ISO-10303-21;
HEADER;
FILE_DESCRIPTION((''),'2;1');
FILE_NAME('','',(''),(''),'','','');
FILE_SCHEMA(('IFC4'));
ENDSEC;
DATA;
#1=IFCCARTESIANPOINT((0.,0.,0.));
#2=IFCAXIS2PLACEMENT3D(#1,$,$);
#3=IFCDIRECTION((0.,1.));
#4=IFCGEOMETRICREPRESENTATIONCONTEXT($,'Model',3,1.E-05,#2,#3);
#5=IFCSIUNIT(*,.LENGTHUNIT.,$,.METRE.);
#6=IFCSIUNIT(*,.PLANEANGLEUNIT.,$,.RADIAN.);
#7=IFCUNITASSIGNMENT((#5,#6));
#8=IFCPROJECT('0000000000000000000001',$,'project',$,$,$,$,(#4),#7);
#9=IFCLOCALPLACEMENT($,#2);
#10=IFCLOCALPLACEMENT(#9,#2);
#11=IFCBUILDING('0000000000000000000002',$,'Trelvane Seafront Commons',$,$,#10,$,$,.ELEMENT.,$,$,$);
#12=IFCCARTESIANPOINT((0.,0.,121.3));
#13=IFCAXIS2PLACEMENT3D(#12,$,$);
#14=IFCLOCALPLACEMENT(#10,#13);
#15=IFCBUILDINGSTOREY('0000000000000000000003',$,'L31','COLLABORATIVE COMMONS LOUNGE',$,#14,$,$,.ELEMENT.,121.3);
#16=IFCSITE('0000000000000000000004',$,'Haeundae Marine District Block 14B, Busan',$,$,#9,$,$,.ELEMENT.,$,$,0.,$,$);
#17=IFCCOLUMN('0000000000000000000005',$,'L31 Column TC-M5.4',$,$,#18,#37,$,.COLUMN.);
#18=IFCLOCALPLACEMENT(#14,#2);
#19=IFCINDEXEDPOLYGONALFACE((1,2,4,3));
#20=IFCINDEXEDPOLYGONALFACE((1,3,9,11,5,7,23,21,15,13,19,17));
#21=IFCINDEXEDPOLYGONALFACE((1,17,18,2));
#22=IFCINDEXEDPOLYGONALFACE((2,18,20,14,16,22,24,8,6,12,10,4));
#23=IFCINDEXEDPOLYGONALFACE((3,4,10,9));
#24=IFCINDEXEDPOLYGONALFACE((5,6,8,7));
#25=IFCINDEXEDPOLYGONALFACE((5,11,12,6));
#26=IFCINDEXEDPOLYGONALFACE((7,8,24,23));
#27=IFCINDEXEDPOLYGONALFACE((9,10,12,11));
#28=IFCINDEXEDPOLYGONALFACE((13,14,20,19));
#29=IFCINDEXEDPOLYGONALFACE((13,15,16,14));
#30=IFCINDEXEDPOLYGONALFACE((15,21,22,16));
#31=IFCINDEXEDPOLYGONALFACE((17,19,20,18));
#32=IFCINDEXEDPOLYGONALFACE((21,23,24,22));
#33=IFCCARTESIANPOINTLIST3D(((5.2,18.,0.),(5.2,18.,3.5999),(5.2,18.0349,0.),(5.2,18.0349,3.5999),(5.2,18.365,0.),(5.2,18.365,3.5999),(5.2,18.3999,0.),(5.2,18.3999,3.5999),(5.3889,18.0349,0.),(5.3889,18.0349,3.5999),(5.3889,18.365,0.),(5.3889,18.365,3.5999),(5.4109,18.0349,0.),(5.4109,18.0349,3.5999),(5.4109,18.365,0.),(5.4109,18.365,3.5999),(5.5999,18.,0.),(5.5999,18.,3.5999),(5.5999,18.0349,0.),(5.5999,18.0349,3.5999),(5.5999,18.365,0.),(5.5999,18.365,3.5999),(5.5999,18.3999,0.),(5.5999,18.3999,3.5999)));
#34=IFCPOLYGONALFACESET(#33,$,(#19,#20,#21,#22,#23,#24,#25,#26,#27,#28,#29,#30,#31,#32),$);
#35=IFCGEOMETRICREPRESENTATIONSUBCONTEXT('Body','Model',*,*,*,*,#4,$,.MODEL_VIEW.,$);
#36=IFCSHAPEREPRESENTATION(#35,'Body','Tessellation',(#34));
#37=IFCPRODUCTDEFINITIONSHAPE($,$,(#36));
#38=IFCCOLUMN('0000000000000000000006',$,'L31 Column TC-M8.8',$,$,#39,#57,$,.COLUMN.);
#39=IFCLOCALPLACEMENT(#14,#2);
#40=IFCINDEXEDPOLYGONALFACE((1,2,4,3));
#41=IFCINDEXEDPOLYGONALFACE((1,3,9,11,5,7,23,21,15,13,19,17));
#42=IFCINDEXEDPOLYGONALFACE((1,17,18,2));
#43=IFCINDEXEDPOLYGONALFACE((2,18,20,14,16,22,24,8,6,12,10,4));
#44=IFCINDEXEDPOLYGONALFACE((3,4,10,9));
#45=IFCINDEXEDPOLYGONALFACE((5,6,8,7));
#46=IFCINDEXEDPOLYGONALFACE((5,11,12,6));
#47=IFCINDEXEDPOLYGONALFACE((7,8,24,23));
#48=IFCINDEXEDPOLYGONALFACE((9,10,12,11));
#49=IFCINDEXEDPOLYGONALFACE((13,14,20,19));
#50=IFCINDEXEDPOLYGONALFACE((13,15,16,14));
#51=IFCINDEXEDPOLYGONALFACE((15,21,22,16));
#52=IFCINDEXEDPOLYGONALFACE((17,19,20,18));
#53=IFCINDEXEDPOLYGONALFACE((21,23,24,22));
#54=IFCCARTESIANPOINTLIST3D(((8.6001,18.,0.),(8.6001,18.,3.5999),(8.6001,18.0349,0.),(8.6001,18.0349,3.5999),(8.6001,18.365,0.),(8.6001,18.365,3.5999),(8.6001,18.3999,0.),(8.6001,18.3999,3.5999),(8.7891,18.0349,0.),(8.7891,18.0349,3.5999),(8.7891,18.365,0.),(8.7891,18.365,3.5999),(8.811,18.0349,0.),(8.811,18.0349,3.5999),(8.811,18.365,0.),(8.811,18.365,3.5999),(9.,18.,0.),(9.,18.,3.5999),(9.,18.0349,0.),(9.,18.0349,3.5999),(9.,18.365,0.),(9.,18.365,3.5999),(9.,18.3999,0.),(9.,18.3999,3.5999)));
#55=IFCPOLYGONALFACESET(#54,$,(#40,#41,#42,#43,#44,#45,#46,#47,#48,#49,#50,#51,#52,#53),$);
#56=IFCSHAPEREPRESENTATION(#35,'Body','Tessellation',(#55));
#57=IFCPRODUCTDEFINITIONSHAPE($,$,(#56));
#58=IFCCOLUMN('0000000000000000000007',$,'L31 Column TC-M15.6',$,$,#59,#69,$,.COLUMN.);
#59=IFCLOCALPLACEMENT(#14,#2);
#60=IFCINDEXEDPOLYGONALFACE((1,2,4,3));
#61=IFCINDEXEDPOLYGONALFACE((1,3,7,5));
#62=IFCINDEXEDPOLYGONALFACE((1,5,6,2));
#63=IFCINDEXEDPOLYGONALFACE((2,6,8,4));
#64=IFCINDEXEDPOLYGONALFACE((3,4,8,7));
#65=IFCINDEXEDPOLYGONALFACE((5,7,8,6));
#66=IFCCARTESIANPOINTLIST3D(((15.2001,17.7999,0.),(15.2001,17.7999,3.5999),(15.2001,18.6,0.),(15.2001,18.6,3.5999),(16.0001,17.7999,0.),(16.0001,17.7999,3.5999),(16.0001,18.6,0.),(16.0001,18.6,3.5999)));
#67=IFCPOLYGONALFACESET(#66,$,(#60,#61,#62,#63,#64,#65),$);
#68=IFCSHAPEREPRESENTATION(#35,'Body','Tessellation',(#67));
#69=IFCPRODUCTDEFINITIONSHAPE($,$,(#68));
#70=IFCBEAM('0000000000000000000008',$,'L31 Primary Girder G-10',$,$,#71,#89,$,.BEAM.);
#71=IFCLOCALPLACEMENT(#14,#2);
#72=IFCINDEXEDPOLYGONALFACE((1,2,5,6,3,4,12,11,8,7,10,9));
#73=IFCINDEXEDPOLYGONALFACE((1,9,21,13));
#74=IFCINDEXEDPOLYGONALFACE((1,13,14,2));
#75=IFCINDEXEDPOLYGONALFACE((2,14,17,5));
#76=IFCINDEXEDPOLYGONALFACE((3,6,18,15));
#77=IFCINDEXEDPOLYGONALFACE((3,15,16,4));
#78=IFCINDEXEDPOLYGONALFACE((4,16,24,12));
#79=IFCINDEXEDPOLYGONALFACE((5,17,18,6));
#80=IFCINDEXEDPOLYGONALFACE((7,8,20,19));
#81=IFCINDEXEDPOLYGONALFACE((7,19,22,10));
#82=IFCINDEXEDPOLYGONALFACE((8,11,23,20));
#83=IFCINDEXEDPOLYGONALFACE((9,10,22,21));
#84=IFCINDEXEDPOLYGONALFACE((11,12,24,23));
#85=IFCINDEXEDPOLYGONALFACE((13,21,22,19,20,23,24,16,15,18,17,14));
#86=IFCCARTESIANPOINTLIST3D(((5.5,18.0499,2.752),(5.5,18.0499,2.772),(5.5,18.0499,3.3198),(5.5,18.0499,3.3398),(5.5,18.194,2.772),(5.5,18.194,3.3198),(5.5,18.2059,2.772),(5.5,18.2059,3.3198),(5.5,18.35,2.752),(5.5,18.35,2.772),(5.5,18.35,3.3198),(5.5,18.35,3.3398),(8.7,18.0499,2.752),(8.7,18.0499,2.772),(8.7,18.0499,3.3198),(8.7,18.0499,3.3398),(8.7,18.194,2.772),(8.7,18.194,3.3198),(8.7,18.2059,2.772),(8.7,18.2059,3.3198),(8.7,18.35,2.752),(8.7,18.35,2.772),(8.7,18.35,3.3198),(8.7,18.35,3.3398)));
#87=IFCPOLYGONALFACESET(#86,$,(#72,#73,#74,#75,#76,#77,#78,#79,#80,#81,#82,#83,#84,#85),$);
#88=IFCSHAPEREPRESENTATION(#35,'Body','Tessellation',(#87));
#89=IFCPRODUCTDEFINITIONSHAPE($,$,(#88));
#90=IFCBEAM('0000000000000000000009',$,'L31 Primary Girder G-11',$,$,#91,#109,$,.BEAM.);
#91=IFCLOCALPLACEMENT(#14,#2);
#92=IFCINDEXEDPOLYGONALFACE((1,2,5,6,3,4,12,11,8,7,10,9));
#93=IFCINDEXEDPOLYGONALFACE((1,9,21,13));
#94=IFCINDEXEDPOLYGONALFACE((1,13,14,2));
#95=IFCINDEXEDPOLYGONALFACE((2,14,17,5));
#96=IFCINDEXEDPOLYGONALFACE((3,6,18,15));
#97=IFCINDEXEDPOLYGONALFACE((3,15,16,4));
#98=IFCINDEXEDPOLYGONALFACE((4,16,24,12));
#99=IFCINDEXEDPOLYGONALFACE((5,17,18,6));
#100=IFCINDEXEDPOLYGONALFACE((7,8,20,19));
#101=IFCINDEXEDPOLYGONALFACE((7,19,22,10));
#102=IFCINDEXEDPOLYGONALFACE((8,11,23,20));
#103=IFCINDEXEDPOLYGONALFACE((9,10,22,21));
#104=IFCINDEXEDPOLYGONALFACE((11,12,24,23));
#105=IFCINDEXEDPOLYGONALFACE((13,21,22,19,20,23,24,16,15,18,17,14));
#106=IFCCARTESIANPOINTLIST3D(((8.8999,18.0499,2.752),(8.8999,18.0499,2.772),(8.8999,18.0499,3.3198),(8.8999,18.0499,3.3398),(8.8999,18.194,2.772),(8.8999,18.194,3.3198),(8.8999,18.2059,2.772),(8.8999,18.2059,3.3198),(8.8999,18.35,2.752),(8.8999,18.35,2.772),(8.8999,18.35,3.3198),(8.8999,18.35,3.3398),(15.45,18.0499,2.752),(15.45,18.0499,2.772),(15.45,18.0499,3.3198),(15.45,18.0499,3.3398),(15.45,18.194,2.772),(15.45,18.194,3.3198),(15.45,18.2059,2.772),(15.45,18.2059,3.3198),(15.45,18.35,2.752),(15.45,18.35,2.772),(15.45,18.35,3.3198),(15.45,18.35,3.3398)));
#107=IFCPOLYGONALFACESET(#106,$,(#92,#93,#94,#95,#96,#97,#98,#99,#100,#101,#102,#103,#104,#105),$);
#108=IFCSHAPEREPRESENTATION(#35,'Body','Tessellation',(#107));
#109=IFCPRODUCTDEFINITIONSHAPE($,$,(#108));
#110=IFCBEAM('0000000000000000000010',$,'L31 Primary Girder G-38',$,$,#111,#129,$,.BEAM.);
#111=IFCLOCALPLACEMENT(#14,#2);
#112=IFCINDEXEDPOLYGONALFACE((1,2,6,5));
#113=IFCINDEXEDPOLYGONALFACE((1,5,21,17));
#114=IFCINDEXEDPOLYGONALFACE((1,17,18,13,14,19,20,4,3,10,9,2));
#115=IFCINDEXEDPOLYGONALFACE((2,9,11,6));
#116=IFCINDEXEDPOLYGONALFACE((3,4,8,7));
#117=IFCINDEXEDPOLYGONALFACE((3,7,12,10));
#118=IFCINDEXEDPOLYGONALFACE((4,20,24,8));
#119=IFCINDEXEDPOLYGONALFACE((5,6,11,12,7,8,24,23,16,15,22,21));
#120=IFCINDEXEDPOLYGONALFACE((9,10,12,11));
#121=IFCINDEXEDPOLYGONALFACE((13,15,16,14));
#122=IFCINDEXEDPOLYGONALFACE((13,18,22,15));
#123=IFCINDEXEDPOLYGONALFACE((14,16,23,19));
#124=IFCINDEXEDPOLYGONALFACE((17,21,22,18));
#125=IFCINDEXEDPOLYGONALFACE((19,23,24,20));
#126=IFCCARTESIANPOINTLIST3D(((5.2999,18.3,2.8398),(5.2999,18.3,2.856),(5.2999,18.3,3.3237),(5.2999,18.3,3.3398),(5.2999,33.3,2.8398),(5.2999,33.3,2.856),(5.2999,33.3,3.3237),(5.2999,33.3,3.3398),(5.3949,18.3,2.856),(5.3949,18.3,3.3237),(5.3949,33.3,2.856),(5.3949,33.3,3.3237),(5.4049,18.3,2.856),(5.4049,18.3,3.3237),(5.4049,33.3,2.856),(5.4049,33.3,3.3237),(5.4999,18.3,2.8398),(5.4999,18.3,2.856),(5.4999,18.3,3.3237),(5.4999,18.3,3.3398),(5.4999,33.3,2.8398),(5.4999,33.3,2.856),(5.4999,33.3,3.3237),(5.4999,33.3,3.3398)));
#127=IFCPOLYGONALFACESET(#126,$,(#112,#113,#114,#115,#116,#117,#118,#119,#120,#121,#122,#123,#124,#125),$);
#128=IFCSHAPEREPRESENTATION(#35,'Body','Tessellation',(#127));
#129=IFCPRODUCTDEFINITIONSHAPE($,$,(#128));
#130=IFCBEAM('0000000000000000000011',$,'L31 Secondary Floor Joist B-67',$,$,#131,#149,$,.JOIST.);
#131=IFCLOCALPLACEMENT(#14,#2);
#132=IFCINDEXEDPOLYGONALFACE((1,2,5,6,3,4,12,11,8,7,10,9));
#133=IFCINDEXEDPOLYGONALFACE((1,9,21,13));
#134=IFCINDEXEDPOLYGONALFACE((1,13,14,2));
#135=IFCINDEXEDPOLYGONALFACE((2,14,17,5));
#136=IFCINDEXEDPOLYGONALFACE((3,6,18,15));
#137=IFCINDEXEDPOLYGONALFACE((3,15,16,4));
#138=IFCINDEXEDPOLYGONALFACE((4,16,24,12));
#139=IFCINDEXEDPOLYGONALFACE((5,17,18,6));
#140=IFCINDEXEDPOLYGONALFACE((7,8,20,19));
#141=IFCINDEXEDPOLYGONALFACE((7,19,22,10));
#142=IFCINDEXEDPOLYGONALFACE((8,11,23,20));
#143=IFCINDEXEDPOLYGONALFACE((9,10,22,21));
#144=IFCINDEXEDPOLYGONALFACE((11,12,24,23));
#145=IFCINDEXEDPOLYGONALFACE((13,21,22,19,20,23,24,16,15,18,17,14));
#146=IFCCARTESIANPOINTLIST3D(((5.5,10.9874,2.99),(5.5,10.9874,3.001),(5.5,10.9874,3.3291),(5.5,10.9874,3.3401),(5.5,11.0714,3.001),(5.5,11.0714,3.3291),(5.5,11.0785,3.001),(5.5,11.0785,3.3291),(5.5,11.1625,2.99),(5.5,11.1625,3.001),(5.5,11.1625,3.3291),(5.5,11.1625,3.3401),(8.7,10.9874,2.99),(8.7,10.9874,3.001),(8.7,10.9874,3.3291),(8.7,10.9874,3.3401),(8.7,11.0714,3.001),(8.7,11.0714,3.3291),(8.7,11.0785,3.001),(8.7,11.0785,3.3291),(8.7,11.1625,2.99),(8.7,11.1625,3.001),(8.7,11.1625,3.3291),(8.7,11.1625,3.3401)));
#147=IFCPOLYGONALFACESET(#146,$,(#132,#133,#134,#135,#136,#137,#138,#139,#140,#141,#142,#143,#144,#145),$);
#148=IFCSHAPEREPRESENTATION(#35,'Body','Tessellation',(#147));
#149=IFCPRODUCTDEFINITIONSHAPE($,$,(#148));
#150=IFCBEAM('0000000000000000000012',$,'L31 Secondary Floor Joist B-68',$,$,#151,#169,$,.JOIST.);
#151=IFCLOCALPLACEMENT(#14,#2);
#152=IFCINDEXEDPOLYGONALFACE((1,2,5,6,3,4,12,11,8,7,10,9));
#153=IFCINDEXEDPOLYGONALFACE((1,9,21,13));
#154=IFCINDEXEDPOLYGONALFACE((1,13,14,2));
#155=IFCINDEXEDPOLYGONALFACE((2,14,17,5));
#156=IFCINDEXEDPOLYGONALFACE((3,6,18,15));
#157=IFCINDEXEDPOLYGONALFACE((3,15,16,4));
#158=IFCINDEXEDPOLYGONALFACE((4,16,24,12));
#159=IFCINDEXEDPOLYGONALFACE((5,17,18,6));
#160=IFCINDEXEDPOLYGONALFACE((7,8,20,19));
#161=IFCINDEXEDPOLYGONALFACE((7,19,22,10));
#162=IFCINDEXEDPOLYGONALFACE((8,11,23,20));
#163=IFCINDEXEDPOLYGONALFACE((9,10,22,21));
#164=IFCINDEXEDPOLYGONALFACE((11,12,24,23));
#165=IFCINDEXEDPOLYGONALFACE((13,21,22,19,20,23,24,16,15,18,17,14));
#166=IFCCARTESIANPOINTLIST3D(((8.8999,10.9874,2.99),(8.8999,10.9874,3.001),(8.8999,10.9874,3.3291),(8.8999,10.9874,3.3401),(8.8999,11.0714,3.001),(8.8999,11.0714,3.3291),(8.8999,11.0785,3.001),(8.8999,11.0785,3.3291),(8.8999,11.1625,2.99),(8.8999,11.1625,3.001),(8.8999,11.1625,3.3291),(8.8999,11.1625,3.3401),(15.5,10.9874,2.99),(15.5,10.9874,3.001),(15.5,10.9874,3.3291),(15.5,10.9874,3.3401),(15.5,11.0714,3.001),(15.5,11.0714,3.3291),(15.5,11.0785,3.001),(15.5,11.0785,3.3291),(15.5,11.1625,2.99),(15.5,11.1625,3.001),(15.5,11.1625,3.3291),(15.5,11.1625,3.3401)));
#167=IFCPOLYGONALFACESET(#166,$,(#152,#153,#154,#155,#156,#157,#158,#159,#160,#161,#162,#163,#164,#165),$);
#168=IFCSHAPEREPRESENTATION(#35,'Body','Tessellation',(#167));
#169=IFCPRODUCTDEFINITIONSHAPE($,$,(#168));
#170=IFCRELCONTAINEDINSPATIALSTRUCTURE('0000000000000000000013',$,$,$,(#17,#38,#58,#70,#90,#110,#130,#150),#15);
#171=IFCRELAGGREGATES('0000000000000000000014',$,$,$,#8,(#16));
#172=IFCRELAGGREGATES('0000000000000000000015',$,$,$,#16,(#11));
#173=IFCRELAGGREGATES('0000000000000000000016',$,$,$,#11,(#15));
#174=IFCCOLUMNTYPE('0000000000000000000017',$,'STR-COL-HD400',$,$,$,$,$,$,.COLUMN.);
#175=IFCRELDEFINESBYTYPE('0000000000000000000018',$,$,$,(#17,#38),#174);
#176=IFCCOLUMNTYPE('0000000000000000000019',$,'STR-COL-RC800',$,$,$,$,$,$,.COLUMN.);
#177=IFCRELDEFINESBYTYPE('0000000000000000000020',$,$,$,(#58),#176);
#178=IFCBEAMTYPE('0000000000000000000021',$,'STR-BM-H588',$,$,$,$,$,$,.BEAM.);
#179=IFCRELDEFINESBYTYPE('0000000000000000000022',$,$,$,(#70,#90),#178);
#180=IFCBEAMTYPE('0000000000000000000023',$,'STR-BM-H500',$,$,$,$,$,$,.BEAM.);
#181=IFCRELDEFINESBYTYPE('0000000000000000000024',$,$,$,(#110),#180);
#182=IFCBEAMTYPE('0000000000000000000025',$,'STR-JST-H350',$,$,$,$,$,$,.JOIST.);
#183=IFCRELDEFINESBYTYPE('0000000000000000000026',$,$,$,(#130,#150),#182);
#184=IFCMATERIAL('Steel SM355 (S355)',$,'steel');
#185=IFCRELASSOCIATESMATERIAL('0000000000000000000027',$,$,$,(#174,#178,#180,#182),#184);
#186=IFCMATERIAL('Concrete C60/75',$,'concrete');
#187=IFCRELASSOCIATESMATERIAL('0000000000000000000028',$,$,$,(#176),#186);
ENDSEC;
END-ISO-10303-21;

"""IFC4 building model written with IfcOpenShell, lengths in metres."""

from ifc_helpers import new_model, si_unit, direction, frame, origin, origin_2d, place, context, subcontext, project, spatial, rectangle, i_section, extrude, source, transform, mapped, material, material_profile, profile_set, type_object, element, save


model = new_model("IFC4")

# Units and contexts
model_context = context("Model", 3, precision=1e-05, world=origin(), true_north=direction((0.0, 1.0)))
body_context = subcontext(model_context, "Body", "Model", "MODEL_VIEW")
ifc_project = project(units=[si_unit("LENGTHUNIT", "METRE"), si_unit("PLANEANGLEUNIT", "RADIAN")], contexts=[model_context])

# Site, building, storey
site_placement = place(None, origin())
site = spatial("IfcSite", under=ifc_project, at=site_placement, Name="Haeundae Marine District Block 14B, Busan", CompositionType="ELEMENT", RefElevation=0.0)
building_placement = place(site_placement, origin())
building = spatial("IfcBuilding", under=site, at=building_placement, Name="Trelvane Seafront Commons", CompositionType="ELEMENT")
storey_placement = place(building_placement, frame((0.0, 0.0, 121.3)))
storey = spatial("IfcBuildingStorey", under=building, at=storey_placement, Name="L31", Description="COLLABORATIVE COMMONS LOUNGE", CompositionType="ELEMENT", Elevation=121.3)

# Columns
ifc_material_1 = material(Name="Steel SM355 (S355)", Category="steel")
ifc_material_profile_1 = material_profile(ifc_material_1, i_section(OverallWidth=0.3999, OverallDepth=0.3999, WebThickness=0.022, FlangeThickness=0.0349, at=origin_2d()), Name="HD-400x400x22x35")
ifc_profile_set_1 = profile_set([ifc_material_profile_1], Name="Steel SM355 (S355)")
column_type_1 = type_object("IfcColumnType", Name="STR-COL-HD400", PredefinedType="COLUMN", material=ifc_profile_set_1)
shared_shape_1 = source(origin(), body_context, "Body", "SweptSolid", [
    extrude(i_section(OverallWidth=0.3999, OverallDepth=0.3999, WebThickness=0.022, FlangeThickness=0.0349, at=origin_2d()), origin(), (0.0, 0.0, 1.0), 3.5999),
])
for number, where, z_axis, x_axis, name in (
    (1, (5.3999, 18.2, 0.0), (0.0, 0.0, 1.0), (1.0, 0.0, 0.0), "L31 Column TC-M5.4"),
    (2, (8.8, 18.2, 0.0), (0.0, 0.0, 1.0), (1.0, 0.0, 0.0), "L31 Column TC-M8.8"),
):
    element("IfcColumn", number, at=place(storey_placement, frame(where, z_axis=z_axis, x_axis=x_axis)), inside=storey, type_object=column_type_1, Name=name, PredefinedType="COLUMN", context=body_context, shape_type="MappedRepresentation", body=[
        mapped(shared_shape_1, transform((0.0, 0.0, 0.0), x_axis=(1.0, 0.0, 0.0), y_axis=(0.0, 1.0, 0.0), z_axis=(0.0, 0.0, 1.0), scale=1.0)),
    ])
ifc_material_2 = material(Name="Concrete C60/75", Category="concrete")
ifc_material_profile_2 = material_profile(ifc_material_2, rectangle(XDim=0.8, YDim=0.8, at=origin_2d()), Name="RC-800x800")
ifc_profile_set_2 = profile_set([ifc_material_profile_2], Name="Concrete C60/75")
column_type_2 = type_object("IfcColumnType", Name="STR-COL-RC800", PredefinedType="COLUMN", material=ifc_profile_set_2)
shared_shape_2 = source(origin(), body_context, "Body", "SweptSolid", [
    extrude(rectangle(XDim=0.8, YDim=0.8, at=origin_2d()), origin(), (0.0, 0.0, 1.0), 3.5999),
])
column_placement = place(storey_placement, frame((15.6001, 18.2, 0.0), z_axis=(0.0, 0.0, 1.0), x_axis=(1.0, 0.0, 0.0)))
element("IfcColumn", 3, at=column_placement, inside=storey, type_object=column_type_2, Name="L31 Column TC-M15.6", PredefinedType="COLUMN", context=body_context, shape_type="MappedRepresentation", body=[
    mapped(shared_shape_2, transform((0.0, 0.0, 0.0), x_axis=(1.0, 0.0, 0.0), y_axis=(0.0, 1.0, 0.0), z_axis=(0.0, 0.0, 1.0), scale=1.0)),
])

# Beams
ifc_material_profile_3 = material_profile(ifc_material_1, i_section(OverallWidth=0.3, OverallDepth=0.5879, WebThickness=0.012, FlangeThickness=0.02, at=origin_2d()), Name="H-588x300x12x20")
ifc_profile_set_3 = profile_set([ifc_material_profile_3], Name="Steel SM355 (S355)")
beam_type_1 = type_object("IfcBeamType", Name="STR-BM-H588", PredefinedType="BEAM", material=ifc_profile_set_3)
shared_shape_3 = source(origin(), body_context, "Body", "SweptSolid", [
    extrude(i_section(OverallWidth=0.3, OverallDepth=0.5879, WebThickness=0.012, FlangeThickness=0.02, at=origin_2d()), origin(), (0.0, 0.0, 1.0), 3.2),
])
beam_1_placement = place(storey_placement, frame((5.5, 18.2, 3.0459), z_axis=(1.0, 0.0, 0.0), x_axis=(0.0, 1.0, 0.0)))
element("IfcBeam", 4, at=beam_1_placement, inside=storey, type_object=beam_type_1, Name="L31 Primary Girder G-10", PredefinedType="BEAM", context=body_context, shape_type="MappedRepresentation", body=[
    mapped(shared_shape_3, transform((0.0, 0.0, 0.0), x_axis=(1.0, 0.0, 0.0), y_axis=(0.0, 1.0, 0.0), z_axis=(0.0, 0.0, 1.0), scale=1.0)),
])
shared_shape_4 = source(origin(), body_context, "Body", "SweptSolid", [
    extrude(i_section(OverallWidth=0.3, OverallDepth=0.5879, WebThickness=0.012, FlangeThickness=0.02, at=origin_2d()), origin(), (0.0, 0.0, 1.0), 6.55),
])
beam_2_placement = place(storey_placement, frame((8.8999, 18.2, 3.0459), z_axis=(1.0, 0.0, 0.0), x_axis=(0.0, 1.0, 0.0)))
element("IfcBeam", 5, at=beam_2_placement, inside=storey, type_object=beam_type_1, Name="L31 Primary Girder G-11", PredefinedType="BEAM", context=body_context, shape_type="MappedRepresentation", body=[
    mapped(shared_shape_4, transform((0.0, 0.0, 0.0), x_axis=(1.0, 0.0, 0.0), y_axis=(0.0, 1.0, 0.0), z_axis=(0.0, 0.0, 1.0), scale=1.0)),
])
ifc_material_profile_4 = material_profile(ifc_material_1, i_section(OverallWidth=0.2, OverallDepth=0.5, WebThickness=0.01, FlangeThickness=0.0161, at=origin_2d()), Name="H-500x200x10x16")
ifc_profile_set_4 = profile_set([ifc_material_profile_4], Name="Steel SM355 (S355)")
beam_type_2 = type_object("IfcBeamType", Name="STR-BM-H500", PredefinedType="BEAM", material=ifc_profile_set_4)
shared_shape_5 = source(origin(), body_context, "Body", "SweptSolid", [
    extrude(i_section(OverallWidth=0.2, OverallDepth=0.5, WebThickness=0.01, FlangeThickness=0.0161, at=origin_2d()), origin(), (0.0, 0.0, 1.0), 15.0),
])
beam_3_placement = place(storey_placement, frame((5.3999, 18.3, 3.0898), z_axis=(0.0, 1.0, 0.0), x_axis=(-1.0, 0.0, 0.0)))
element("IfcBeam", 6, at=beam_3_placement, inside=storey, type_object=beam_type_2, Name="L31 Primary Girder G-38", PredefinedType="BEAM", context=body_context, shape_type="MappedRepresentation", body=[
    mapped(shared_shape_5, transform((0.0, 0.0, 0.0), x_axis=(1.0, 0.0, 0.0), y_axis=(0.0, 1.0, 0.0), z_axis=(0.0, 0.0, 1.0), scale=1.0)),
])
ifc_material_profile_5 = material_profile(ifc_material_1, i_section(OverallWidth=0.175, OverallDepth=0.3501, WebThickness=0.0071, FlangeThickness=0.011, at=origin_2d()), Name="H-350x175x7x11")
ifc_profile_set_5 = profile_set([ifc_material_profile_5], Name="Steel SM355 (S355)")
beam_type_3 = type_object("IfcBeamType", Name="STR-JST-H350", PredefinedType="JOIST", material=ifc_profile_set_5)
shared_shape_6 = source(origin(), body_context, "Body", "SweptSolid", [
    extrude(i_section(OverallWidth=0.175, OverallDepth=0.3501, WebThickness=0.0071, FlangeThickness=0.011, at=origin_2d()), origin(), (0.0, 0.0, 1.0), 3.2),
])
beam_4_placement = place(storey_placement, frame((5.5, 11.075, 3.165), z_axis=(1.0, 0.0, 0.0), x_axis=(0.0, 1.0, 0.0)))
element("IfcBeam", 7, at=beam_4_placement, inside=storey, type_object=beam_type_3, Name="L31 Secondary Floor Joist B-67", PredefinedType="JOIST", context=body_context, shape_type="MappedRepresentation", body=[
    mapped(shared_shape_6, transform((0.0, 0.0, 0.0), x_axis=(1.0, 0.0, 0.0), y_axis=(0.0, 1.0, 0.0), z_axis=(0.0, 0.0, 1.0), scale=1.0)),
])
shared_shape_7 = source(origin(), body_context, "Body", "SweptSolid", [
    extrude(i_section(OverallWidth=0.175, OverallDepth=0.3501, WebThickness=0.0071, FlangeThickness=0.011, at=origin_2d()), origin(), (0.0, 0.0, 1.0), 6.6001),
])
beam_5_placement = place(storey_placement, frame((8.8999, 11.075, 3.165), z_axis=(1.0, 0.0, 0.0), x_axis=(0.0, 1.0, 0.0)))
element("IfcBeam", 8, at=beam_5_placement, inside=storey, type_object=beam_type_3, Name="L31 Secondary Floor Joist B-68", PredefinedType="JOIST", context=body_context, shape_type="MappedRepresentation", body=[
    mapped(shared_shape_7, transform((0.0, 0.0, 0.0), x_axis=(1.0, 0.0, 0.0), y_axis=(0.0, 1.0, 0.0), z_axis=(0.0, 0.0, 1.0), scale=1.0)),
])

save(model, "model.ifc")
